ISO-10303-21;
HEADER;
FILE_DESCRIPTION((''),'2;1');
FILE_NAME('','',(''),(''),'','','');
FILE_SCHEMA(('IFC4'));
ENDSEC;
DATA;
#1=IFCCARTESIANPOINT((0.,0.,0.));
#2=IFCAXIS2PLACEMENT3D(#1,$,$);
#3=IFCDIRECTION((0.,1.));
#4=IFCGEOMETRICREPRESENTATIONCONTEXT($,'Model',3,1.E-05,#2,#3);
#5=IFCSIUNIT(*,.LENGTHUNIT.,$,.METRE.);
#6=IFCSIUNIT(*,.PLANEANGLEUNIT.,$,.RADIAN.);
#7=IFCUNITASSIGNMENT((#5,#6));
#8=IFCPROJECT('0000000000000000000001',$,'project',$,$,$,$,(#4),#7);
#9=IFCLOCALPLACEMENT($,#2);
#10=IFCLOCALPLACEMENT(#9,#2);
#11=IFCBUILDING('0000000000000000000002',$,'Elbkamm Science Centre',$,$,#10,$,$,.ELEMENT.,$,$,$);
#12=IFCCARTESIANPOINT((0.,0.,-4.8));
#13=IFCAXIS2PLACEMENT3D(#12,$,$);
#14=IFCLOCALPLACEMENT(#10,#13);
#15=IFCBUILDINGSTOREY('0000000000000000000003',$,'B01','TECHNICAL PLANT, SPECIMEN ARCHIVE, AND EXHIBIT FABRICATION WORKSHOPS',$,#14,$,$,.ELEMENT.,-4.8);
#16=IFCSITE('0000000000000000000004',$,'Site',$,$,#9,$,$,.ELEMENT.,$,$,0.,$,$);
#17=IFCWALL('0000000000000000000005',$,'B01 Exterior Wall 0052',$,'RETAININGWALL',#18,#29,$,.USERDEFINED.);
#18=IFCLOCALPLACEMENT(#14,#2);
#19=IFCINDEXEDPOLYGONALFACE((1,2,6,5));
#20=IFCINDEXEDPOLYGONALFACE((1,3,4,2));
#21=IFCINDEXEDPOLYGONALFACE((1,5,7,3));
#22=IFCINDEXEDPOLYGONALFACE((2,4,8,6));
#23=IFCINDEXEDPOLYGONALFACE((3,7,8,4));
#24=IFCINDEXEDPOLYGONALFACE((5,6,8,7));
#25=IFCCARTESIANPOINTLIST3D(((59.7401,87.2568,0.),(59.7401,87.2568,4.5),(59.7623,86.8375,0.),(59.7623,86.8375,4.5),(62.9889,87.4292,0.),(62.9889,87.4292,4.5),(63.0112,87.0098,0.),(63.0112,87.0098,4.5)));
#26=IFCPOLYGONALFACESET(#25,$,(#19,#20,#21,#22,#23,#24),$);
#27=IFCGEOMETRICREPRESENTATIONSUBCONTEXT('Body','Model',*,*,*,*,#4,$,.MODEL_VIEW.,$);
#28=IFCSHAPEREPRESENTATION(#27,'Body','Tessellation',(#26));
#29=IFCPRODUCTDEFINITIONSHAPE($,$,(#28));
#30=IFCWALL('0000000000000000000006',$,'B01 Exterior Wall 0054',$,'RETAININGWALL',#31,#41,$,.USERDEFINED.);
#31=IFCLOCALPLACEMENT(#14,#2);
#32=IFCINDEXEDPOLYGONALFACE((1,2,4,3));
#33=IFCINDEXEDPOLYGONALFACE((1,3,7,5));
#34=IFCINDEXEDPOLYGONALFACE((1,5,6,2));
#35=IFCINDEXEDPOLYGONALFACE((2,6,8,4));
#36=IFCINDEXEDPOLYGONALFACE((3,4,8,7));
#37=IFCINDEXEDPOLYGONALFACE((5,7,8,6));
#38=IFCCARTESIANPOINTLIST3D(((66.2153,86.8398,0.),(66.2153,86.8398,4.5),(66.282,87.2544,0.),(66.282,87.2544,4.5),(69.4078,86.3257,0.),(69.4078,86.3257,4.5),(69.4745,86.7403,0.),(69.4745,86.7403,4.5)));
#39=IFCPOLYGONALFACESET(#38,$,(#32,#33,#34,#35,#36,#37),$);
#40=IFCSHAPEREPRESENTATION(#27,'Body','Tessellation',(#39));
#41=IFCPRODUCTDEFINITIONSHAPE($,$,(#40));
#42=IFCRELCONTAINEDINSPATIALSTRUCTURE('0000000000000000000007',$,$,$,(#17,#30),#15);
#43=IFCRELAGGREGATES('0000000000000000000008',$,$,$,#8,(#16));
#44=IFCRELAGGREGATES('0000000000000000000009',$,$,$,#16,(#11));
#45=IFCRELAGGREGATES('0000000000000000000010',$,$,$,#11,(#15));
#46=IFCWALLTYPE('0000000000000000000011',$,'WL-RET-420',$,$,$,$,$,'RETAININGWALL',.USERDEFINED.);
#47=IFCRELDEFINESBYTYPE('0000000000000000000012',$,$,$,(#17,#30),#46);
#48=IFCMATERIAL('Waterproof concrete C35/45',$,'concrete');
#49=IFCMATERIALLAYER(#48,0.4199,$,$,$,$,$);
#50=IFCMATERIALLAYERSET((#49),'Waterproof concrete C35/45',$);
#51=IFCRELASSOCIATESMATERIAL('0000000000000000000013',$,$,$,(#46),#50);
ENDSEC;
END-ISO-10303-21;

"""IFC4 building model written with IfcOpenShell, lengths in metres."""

from ifc_helpers import new_model, si_unit, direction, frame, frame_2d, origin, place, context, subcontext, project, spatial, rectangle, extrude, material, layer, layer_set, type_object, element, save


model = new_model("IFC4")

# Units and contexts
model_context = context("Model", 3, precision=1e-05, world=origin(), true_north=direction((0.0, 1.0)))
body_context = subcontext(model_context, "Body", "Model", "MODEL_VIEW")
ifc_project = project(units=[si_unit("LENGTHUNIT", "METRE"), si_unit("PLANEANGLEUNIT", "RADIAN")], contexts=[model_context])

# Site, building, storey
site_placement = place(None, origin())
site = spatial("IfcSite", under=ifc_project, at=site_placement, Name="Site", CompositionType="ELEMENT", RefElevation=0.0)
building_placement = place(site_placement, origin())
building = spatial("IfcBuilding", under=site, at=building_placement, Name="Elbkamm Science Centre", CompositionType="ELEMENT")
storey_placement = place(building_placement, frame((0.0, 0.0, -4.8)))
storey = spatial("IfcBuildingStorey", under=building, at=storey_placement, Name="B01", Description="TECHNICAL PLANT, SPECIMEN ARCHIVE, AND EXHIBIT FABRICATION WORKSHOPS", CompositionType="ELEMENT", Elevation=-4.8)

# Walls
ifc_material_1 = material(Name="Waterproof concrete C35/45", Category="concrete")
ifc_layer_1 = layer(ifc_material_1, 0.4199)
ifc_layer_set_1 = layer_set([ifc_layer_1], Name="Waterproof concrete C35/45")
wall_type_1 = type_object("IfcWallType", Name="WL-RET-420", ElementType="RETAININGWALL", PredefinedType="USERDEFINED", material=ifc_layer_set_1)
wall_1_placement = place(storey_placement, frame((59.7512, 87.0471, 0.0), z_axis=(0.0, 0.0, 1.0), x_axis=(0.998596, 0.05298, 0.0)))
element("IfcWall", 1, at=wall_1_placement, inside=storey, type_object=wall_type_1, Name="B01 Exterior Wall 0052", ObjectType="RETAININGWALL", PredefinedType="USERDEFINED", context=body_context, shape_type="SweptSolid", body=[
    extrude(rectangle(XDim=3.2534, YDim=0.4199, at=frame_2d((1.6267, 0.0))), origin(), (0.0, 0.0, 1.0), 4.5),
])
wall_2_placement = place(storey_placement, frame((66.2488, 87.0471, 0.0), z_axis=(0.0, 0.0, 1.0), x_axis=(0.987279, -0.158997, 0.0)))
element("IfcWall", 2, at=wall_2_placement, inside=storey, type_object=wall_type_1, Name="B01 Exterior Wall 0054", ObjectType="RETAININGWALL", PredefinedType="USERDEFINED", context=body_context, shape_type="SweptSolid", body=[
    extrude(rectangle(XDim=3.2336, YDim=0.4199, at=frame_2d((1.6167, 0.0))), origin(), (0.0, 0.0, 1.0), 4.5),
])

save(model, "model.ifc")
